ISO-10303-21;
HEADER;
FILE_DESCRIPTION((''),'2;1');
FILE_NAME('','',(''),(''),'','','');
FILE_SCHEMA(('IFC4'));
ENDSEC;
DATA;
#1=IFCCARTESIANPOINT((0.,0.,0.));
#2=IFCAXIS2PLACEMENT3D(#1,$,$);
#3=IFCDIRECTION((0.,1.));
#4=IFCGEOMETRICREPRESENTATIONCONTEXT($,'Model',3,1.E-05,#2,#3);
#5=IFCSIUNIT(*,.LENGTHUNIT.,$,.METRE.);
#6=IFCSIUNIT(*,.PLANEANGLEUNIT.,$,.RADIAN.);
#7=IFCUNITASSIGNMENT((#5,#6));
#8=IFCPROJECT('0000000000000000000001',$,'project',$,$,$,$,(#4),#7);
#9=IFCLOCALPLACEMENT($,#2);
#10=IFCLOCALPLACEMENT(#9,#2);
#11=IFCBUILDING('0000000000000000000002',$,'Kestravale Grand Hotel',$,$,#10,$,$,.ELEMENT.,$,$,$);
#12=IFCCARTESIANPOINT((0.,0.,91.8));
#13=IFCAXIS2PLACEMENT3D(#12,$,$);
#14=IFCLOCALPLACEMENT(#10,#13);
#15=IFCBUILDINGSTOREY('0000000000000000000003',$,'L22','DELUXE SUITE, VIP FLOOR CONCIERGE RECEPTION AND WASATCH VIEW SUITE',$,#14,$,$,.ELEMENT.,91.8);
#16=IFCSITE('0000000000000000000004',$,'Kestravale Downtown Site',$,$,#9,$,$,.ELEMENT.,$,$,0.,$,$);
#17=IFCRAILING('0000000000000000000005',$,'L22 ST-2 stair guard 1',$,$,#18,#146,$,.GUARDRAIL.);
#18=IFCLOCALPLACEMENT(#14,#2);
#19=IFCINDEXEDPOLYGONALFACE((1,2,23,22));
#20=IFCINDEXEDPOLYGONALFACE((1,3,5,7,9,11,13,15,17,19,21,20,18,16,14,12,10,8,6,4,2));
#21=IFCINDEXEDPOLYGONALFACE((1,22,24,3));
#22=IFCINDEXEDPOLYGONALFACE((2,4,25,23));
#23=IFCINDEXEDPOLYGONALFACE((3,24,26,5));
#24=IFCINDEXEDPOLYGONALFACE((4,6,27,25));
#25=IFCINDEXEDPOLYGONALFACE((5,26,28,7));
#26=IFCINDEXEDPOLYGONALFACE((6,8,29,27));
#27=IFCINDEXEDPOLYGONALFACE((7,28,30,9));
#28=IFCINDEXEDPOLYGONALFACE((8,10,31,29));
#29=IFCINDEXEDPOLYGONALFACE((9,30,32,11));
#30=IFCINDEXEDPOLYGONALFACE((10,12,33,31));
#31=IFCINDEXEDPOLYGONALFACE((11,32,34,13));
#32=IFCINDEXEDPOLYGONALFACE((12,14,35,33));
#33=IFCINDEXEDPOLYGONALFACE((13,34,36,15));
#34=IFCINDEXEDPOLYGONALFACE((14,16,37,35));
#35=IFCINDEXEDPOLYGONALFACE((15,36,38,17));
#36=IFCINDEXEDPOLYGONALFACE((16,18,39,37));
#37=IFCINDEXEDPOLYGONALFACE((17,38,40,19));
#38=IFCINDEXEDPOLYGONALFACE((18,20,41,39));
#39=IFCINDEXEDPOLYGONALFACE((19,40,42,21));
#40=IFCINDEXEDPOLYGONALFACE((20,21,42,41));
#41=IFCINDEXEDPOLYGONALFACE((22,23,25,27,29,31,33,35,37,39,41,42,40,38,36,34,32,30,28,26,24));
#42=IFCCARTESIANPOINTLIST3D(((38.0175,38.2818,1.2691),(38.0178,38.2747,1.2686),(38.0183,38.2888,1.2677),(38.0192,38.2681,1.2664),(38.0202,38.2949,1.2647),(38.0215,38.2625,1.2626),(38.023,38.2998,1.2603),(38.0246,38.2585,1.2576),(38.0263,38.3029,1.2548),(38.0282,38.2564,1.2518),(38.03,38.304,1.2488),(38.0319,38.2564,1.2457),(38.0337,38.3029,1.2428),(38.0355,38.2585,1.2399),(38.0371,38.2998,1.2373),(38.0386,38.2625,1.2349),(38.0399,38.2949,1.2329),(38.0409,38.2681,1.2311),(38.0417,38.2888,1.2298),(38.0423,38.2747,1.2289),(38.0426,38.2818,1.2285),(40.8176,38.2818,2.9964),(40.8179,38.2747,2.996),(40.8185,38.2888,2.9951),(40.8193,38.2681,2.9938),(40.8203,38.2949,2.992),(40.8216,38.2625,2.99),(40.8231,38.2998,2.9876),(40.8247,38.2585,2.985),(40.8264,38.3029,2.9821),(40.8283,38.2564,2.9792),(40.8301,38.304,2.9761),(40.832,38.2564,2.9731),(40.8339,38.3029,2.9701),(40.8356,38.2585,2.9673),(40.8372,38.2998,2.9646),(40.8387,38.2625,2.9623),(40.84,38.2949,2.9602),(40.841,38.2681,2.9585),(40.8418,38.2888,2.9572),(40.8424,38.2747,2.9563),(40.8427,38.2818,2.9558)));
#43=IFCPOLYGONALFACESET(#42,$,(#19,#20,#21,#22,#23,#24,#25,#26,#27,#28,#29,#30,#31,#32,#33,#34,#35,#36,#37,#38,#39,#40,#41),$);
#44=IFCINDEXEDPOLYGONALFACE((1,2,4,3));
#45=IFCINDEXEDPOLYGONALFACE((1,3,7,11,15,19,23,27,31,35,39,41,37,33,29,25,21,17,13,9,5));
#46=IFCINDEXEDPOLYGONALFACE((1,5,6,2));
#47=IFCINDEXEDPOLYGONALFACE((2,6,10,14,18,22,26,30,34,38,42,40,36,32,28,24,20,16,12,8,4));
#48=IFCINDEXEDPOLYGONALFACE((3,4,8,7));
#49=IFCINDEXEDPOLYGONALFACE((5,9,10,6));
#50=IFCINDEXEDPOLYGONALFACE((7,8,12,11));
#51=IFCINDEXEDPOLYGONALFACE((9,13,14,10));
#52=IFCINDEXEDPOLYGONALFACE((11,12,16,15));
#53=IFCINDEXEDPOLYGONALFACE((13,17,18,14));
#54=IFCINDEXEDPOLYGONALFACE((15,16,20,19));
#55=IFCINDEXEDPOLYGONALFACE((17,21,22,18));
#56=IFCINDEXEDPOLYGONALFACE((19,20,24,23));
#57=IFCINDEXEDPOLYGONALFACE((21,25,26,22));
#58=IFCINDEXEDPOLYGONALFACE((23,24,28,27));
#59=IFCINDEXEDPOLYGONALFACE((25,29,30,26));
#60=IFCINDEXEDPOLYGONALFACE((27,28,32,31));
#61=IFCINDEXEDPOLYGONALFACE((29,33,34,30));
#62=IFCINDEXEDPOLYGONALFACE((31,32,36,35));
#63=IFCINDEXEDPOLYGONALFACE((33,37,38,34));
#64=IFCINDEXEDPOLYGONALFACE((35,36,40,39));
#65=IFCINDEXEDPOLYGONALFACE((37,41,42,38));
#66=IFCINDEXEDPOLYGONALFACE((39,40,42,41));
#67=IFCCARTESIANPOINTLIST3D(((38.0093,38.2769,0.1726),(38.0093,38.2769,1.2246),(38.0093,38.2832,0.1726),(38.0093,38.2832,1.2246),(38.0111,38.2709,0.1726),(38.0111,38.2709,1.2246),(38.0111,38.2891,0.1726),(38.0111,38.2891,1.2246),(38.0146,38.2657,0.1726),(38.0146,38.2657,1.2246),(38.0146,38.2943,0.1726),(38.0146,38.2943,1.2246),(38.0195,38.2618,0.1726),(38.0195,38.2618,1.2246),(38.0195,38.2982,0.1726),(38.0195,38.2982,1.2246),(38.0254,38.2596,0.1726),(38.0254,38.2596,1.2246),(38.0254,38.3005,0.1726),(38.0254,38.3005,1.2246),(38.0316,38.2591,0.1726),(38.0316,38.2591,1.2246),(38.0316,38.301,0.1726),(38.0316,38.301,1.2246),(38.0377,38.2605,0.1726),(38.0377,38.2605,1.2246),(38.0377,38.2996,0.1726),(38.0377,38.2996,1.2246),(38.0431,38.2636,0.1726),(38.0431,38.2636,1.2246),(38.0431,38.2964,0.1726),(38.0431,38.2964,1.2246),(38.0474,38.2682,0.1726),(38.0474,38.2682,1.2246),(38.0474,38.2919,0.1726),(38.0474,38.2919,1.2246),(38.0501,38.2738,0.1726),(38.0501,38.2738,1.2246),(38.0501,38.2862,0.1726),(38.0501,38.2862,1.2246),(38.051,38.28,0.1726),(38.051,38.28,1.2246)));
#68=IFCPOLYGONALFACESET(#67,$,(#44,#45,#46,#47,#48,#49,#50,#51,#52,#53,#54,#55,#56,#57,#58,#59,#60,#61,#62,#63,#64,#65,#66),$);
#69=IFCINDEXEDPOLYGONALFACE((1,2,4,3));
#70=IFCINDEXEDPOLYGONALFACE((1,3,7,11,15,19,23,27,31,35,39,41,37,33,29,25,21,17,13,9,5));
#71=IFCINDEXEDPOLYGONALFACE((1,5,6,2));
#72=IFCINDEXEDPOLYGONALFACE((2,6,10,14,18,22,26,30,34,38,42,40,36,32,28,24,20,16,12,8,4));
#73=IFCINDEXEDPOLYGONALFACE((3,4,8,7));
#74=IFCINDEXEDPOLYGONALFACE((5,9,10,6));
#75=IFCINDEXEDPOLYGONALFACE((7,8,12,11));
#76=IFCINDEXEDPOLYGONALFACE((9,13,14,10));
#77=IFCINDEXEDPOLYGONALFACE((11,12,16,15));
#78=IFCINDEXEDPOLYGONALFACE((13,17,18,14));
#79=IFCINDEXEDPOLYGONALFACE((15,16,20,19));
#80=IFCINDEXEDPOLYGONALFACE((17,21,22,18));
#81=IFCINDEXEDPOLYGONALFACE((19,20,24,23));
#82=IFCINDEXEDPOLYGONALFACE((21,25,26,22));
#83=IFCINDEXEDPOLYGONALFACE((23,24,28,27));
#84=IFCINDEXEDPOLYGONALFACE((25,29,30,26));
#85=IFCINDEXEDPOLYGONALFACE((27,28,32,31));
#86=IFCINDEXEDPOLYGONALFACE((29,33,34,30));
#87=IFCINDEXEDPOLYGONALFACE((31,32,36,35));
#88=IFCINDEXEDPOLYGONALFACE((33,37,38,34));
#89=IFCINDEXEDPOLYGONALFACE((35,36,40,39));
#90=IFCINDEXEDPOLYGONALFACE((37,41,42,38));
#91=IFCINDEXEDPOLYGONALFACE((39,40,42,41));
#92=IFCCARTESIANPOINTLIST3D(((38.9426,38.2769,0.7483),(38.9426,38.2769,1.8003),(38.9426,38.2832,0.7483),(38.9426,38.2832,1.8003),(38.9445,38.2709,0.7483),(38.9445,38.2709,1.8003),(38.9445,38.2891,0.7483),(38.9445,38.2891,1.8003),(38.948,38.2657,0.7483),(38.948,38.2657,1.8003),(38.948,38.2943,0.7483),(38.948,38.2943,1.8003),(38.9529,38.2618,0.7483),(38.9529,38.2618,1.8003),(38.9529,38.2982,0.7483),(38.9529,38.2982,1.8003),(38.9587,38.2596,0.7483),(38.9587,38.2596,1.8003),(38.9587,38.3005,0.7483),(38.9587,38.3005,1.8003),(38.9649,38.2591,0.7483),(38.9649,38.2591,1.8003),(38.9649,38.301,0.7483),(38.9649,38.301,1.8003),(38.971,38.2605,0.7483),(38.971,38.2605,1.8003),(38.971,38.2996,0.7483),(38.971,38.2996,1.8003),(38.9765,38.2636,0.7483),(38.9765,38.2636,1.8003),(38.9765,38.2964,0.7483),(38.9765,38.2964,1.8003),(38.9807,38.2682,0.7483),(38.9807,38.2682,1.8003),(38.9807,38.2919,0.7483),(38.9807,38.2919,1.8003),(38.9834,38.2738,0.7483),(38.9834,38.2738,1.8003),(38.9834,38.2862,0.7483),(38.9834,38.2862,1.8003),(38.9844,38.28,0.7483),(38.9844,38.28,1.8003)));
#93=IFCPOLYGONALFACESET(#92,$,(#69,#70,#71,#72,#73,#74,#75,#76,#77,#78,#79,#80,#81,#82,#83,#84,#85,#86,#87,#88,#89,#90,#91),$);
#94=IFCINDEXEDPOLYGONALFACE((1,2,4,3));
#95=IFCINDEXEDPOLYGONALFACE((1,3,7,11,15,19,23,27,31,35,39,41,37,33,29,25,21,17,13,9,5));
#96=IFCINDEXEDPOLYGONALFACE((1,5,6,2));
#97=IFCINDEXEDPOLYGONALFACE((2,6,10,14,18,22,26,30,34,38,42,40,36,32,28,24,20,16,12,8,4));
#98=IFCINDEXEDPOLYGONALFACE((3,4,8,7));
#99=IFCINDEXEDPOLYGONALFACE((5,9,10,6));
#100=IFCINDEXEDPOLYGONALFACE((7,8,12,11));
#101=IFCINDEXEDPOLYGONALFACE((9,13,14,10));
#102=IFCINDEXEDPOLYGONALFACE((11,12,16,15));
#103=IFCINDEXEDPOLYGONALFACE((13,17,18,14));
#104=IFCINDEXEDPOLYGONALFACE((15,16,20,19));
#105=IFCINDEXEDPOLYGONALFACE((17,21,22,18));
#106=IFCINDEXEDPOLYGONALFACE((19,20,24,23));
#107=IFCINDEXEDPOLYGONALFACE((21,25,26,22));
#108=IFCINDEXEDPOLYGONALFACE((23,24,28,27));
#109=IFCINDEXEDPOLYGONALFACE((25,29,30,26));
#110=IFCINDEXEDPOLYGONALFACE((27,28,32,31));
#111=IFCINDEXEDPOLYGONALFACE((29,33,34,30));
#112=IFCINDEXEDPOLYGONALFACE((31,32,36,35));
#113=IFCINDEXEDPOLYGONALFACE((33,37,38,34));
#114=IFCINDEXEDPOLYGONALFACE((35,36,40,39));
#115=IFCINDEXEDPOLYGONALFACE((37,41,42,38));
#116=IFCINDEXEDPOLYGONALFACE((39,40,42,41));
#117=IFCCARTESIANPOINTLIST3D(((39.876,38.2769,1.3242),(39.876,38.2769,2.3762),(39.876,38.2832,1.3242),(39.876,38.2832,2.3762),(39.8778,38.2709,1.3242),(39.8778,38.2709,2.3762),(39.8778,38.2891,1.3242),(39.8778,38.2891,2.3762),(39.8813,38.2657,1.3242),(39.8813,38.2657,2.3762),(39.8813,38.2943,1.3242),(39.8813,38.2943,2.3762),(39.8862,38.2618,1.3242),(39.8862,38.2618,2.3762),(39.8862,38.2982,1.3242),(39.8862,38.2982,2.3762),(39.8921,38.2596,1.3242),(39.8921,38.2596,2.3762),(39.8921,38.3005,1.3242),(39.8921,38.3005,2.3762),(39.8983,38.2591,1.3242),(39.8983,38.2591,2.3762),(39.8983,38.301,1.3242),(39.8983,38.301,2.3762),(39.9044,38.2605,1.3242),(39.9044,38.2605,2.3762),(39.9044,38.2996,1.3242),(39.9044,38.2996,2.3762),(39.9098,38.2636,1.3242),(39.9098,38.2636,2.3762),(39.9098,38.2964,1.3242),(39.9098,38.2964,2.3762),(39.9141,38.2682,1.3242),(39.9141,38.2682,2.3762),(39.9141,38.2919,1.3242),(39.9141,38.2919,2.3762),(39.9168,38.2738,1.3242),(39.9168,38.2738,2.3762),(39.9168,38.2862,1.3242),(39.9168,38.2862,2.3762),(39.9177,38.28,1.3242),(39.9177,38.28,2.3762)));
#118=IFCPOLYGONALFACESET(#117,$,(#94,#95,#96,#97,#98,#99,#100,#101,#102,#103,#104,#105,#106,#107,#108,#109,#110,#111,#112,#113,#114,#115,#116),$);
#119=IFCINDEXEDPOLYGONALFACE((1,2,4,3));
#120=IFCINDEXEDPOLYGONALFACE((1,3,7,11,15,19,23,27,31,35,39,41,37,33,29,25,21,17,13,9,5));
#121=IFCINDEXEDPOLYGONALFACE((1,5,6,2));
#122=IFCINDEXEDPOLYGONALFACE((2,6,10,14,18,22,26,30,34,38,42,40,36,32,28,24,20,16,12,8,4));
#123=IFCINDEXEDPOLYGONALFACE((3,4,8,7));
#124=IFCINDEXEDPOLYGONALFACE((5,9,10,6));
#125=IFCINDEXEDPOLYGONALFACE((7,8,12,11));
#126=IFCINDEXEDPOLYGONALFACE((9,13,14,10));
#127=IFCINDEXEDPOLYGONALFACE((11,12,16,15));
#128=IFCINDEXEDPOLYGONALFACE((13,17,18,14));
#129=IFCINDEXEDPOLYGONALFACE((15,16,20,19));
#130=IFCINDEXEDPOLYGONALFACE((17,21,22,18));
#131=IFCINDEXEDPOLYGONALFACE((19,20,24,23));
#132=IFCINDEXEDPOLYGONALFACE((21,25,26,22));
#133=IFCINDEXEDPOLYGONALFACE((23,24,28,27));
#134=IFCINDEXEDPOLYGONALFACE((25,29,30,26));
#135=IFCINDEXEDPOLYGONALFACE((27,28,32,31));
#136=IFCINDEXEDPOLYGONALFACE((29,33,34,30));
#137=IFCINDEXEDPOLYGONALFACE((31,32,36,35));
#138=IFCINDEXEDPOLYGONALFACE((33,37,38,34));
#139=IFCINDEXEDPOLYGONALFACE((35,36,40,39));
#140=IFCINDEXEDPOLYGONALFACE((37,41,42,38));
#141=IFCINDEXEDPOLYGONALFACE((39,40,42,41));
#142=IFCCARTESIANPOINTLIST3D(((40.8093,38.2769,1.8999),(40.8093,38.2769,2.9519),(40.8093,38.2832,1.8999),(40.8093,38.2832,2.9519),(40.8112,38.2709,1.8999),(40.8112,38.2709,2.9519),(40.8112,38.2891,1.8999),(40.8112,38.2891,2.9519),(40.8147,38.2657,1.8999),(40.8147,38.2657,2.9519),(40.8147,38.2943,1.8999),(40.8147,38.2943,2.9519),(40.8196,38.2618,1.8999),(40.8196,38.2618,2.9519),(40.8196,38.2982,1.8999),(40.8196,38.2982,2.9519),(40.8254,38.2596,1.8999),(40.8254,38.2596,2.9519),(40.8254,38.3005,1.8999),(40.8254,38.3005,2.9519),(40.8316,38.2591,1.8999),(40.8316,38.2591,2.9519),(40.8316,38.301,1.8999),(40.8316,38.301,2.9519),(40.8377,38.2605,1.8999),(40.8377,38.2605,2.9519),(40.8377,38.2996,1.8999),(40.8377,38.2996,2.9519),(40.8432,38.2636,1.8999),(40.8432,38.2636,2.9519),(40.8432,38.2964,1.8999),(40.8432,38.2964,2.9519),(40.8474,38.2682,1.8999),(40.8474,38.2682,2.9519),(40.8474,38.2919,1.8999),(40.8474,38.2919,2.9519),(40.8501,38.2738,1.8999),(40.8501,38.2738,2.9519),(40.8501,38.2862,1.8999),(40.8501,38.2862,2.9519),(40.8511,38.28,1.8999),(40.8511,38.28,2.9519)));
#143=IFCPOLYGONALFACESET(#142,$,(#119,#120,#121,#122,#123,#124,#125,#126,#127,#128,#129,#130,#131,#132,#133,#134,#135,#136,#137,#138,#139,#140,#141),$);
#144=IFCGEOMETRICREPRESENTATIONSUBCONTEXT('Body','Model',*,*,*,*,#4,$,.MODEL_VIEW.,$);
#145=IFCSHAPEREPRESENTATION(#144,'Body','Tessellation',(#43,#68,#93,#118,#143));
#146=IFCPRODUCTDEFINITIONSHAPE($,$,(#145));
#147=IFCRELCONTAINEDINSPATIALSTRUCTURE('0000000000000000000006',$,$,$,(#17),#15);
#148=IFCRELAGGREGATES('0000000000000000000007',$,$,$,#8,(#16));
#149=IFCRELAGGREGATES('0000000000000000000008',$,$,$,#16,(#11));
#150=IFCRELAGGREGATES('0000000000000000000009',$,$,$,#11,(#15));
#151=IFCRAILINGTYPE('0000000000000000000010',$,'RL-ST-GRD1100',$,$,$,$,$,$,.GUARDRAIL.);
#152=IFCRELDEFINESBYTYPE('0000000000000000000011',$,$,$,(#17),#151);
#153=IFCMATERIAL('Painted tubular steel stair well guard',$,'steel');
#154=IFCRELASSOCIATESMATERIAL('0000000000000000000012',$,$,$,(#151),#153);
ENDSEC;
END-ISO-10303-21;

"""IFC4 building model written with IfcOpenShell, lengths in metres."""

from ifc_helpers import new_model, si_unit, direction, frame, origin, origin_2d, place, context, subcontext, project, spatial, circle, extrude, material, type_object, element, save


model = new_model("IFC4")

# Units and contexts
model_context = context("Model", 3, precision=1e-05, world=origin(), true_north=direction((0.0, 1.0)))
body_context = subcontext(model_context, "Body", "Model", "MODEL_VIEW")
ifc_project = project(units=[si_unit("LENGTHUNIT", "METRE"), si_unit("PLANEANGLEUNIT", "RADIAN")], contexts=[model_context])

# Site, building, storey
site_placement = place(None, origin())
site = spatial("IfcSite", under=ifc_project, at=site_placement, Name="Kestravale Downtown Site", CompositionType="ELEMENT", RefElevation=0.0)
building_placement = place(site_placement, origin())
building = spatial("IfcBuilding", under=site, at=building_placement, Name="Kestravale Grand Hotel", CompositionType="ELEMENT")
storey_placement = place(building_placement, frame((0.0, 0.0, 91.8)))
storey = spatial("IfcBuildingStorey", under=building, at=storey_placement, Name="L22", Description="DELUXE SUITE, VIP FLOOR CONCIERGE RECEPTION AND WASATCH VIEW SUITE", CompositionType="ELEMENT", Elevation=91.8)

# Railing
ifc_material_1 = material(Name="Painted tubular steel stair well guard", Category="steel")
railing_type_1 = type_object("IfcRailingType", Name="RL-ST-GRD1100", PredefinedType="GUARDRAIL", material=ifc_material_1)
railing_1_placement = place(storey_placement, frame((38.03, 38.28, 0.1726)))
element("IfcRailing", 1, at=railing_1_placement, inside=storey, type_object=railing_type_1, Name="L22 ST-2 stair guard 1", PredefinedType="GUARDRAIL", context=body_context, shape_type="SweptSolid", body=[
    extrude(circle(Radius=0.0239, at=origin_2d()), frame((0.0, 0.0, 1.0762), z_axis=(0.85109, 0.0, 0.52502), x_axis=(0.0, 1.0, 0.0)), (0.0, 0.0, 1.0), 3.29),
    extrude(circle(Radius=0.021, at=origin_2d()), origin(), (0.0, 0.0, 1.0), 1.052),
    extrude(circle(Radius=0.021, at=origin_2d()), frame((0.9333, 0.0, 0.5757)), (0.0, 0.0, 1.0), 1.052),
    extrude(circle(Radius=0.021, at=origin_2d()), frame((1.8667, 0.0, 1.1516)), (0.0, 0.0, 1.0), 1.052),
    extrude(circle(Radius=0.021, at=origin_2d()), frame((2.8, 0.0, 1.7273)), (0.0, 0.0, 1.0), 1.052),
])

save(model, "model.ifc")
